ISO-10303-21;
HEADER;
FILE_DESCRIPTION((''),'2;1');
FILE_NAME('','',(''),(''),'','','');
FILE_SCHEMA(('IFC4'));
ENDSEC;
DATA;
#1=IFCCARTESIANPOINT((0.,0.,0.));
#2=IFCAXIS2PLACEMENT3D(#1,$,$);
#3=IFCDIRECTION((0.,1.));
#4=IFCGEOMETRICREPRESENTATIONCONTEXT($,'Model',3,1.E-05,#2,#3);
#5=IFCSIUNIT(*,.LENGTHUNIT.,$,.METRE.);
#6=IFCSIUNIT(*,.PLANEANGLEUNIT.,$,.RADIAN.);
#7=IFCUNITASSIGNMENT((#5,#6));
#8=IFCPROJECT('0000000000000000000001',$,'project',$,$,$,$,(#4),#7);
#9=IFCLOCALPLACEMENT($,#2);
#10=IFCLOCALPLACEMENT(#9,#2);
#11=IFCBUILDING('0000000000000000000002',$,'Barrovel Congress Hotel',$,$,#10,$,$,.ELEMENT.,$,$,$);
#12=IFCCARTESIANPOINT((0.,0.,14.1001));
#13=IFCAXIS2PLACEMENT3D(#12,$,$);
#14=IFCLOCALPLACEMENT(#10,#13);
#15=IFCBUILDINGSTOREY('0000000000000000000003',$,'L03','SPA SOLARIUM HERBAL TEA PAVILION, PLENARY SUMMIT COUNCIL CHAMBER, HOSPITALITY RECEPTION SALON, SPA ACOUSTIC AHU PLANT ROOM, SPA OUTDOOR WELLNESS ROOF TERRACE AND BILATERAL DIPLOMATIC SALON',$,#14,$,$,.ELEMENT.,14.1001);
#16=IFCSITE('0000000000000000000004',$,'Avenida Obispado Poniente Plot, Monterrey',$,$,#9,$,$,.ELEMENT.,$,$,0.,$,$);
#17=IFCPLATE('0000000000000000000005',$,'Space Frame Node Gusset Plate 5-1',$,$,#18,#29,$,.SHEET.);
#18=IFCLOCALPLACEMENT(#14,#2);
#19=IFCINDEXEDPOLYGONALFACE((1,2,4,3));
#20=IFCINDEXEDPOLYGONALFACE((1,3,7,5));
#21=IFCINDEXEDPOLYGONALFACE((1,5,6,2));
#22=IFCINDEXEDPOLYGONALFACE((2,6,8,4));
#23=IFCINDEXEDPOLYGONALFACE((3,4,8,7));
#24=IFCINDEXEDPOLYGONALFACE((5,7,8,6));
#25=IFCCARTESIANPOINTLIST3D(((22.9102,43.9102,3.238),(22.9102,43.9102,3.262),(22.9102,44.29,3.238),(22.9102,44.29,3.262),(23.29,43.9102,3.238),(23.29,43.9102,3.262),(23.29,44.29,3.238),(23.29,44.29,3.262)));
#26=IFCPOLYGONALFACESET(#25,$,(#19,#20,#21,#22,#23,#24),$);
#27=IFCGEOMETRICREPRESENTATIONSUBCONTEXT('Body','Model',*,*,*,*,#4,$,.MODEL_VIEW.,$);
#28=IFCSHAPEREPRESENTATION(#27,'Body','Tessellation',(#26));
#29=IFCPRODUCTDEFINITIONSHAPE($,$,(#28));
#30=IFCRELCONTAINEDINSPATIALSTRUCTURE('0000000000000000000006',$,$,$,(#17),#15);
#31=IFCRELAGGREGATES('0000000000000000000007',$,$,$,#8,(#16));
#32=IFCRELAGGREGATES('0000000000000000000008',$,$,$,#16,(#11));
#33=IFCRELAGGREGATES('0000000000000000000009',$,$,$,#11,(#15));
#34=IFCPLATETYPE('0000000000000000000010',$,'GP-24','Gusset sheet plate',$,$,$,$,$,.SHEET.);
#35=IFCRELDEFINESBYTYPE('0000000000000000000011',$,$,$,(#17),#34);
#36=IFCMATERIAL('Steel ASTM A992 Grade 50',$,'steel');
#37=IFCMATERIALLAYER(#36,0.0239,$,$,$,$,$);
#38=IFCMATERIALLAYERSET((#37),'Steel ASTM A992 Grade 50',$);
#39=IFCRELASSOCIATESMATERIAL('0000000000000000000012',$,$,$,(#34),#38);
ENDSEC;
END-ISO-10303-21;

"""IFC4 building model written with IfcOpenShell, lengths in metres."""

from ifc_helpers import new_model, si_unit, direction, frame, origin, origin_2d, place, context, subcontext, project, spatial, rectangle, extrude, material, layer, layer_set, type_object, element, save


model = new_model("IFC4")

# Units and contexts
model_context = context("Model", 3, precision=1e-05, world=origin(), true_north=direction((0.0, 1.0)))
body_context = subcontext(model_context, "Body", "Model", "MODEL_VIEW")
ifc_project = project(units=[si_unit("LENGTHUNIT", "METRE"), si_unit("PLANEANGLEUNIT", "RADIAN")], contexts=[model_context])

# Site, building, storey
site_placement = place(None, origin())
site = spatial("IfcSite", under=ifc_project, at=site_placement, Name="Avenida Obispado Poniente Plot, Monterrey", CompositionType="ELEMENT", RefElevation=0.0)
building_placement = place(site_placement, origin())
building = spatial("IfcBuilding", under=site, at=building_placement, Name="Barrovel Congress Hotel", CompositionType="ELEMENT")
storey_placement = place(building_placement, frame((0.0, 0.0, 14.1001)))
storey = spatial("IfcBuildingStorey", under=building, at=storey_placement, Name="L03", Description="SPA SOLARIUM HERBAL TEA PAVILION, PLENARY SUMMIT COUNCIL CHAMBER, HOSPITALITY RECEPTION SALON, SPA ACOUSTIC AHU PLANT ROOM, SPA OUTDOOR WELLNESS ROOF TERRACE AND BILATERAL DIPLOMATIC SALON", CompositionType="ELEMENT", Elevation=14.1001)

# Shared definitions
ifc_material_1 = material(Name="Steel ASTM A992 Grade 50", Category="steel")

# Plate
ifc_layer_1 = layer(ifc_material_1, 0.0239)
ifc_layer_set_1 = layer_set([ifc_layer_1], Name="Steel ASTM A992 Grade 50")
plate_type_1 = type_object("IfcPlateType", Name="GP-24", Description="Gusset sheet plate", PredefinedType="SHEET", material=ifc_layer_set_1)
for number, where, z_axis, x_axis, name in (
    (1, (23.1001, 44.1001, 3.238), (0.0, 0.0, 1.0), (1.0, 0.0, 0.0), "Space Frame Node Gusset Plate 5-1"),
):
    element("IfcPlate", number, at=place(storey_placement, frame(where, z_axis=z_axis, x_axis=x_axis)), inside=storey, type_object=plate_type_1, Name=name, PredefinedType="SHEET", context=body_context, shape_type="SweptSolid", body=[
        extrude(rectangle(XDim=0.3799, YDim=0.3799, at=origin_2d()), origin(), (0.0, 0.0, 1.0), 0.0239),
    ])

save(model, "model.ifc")
